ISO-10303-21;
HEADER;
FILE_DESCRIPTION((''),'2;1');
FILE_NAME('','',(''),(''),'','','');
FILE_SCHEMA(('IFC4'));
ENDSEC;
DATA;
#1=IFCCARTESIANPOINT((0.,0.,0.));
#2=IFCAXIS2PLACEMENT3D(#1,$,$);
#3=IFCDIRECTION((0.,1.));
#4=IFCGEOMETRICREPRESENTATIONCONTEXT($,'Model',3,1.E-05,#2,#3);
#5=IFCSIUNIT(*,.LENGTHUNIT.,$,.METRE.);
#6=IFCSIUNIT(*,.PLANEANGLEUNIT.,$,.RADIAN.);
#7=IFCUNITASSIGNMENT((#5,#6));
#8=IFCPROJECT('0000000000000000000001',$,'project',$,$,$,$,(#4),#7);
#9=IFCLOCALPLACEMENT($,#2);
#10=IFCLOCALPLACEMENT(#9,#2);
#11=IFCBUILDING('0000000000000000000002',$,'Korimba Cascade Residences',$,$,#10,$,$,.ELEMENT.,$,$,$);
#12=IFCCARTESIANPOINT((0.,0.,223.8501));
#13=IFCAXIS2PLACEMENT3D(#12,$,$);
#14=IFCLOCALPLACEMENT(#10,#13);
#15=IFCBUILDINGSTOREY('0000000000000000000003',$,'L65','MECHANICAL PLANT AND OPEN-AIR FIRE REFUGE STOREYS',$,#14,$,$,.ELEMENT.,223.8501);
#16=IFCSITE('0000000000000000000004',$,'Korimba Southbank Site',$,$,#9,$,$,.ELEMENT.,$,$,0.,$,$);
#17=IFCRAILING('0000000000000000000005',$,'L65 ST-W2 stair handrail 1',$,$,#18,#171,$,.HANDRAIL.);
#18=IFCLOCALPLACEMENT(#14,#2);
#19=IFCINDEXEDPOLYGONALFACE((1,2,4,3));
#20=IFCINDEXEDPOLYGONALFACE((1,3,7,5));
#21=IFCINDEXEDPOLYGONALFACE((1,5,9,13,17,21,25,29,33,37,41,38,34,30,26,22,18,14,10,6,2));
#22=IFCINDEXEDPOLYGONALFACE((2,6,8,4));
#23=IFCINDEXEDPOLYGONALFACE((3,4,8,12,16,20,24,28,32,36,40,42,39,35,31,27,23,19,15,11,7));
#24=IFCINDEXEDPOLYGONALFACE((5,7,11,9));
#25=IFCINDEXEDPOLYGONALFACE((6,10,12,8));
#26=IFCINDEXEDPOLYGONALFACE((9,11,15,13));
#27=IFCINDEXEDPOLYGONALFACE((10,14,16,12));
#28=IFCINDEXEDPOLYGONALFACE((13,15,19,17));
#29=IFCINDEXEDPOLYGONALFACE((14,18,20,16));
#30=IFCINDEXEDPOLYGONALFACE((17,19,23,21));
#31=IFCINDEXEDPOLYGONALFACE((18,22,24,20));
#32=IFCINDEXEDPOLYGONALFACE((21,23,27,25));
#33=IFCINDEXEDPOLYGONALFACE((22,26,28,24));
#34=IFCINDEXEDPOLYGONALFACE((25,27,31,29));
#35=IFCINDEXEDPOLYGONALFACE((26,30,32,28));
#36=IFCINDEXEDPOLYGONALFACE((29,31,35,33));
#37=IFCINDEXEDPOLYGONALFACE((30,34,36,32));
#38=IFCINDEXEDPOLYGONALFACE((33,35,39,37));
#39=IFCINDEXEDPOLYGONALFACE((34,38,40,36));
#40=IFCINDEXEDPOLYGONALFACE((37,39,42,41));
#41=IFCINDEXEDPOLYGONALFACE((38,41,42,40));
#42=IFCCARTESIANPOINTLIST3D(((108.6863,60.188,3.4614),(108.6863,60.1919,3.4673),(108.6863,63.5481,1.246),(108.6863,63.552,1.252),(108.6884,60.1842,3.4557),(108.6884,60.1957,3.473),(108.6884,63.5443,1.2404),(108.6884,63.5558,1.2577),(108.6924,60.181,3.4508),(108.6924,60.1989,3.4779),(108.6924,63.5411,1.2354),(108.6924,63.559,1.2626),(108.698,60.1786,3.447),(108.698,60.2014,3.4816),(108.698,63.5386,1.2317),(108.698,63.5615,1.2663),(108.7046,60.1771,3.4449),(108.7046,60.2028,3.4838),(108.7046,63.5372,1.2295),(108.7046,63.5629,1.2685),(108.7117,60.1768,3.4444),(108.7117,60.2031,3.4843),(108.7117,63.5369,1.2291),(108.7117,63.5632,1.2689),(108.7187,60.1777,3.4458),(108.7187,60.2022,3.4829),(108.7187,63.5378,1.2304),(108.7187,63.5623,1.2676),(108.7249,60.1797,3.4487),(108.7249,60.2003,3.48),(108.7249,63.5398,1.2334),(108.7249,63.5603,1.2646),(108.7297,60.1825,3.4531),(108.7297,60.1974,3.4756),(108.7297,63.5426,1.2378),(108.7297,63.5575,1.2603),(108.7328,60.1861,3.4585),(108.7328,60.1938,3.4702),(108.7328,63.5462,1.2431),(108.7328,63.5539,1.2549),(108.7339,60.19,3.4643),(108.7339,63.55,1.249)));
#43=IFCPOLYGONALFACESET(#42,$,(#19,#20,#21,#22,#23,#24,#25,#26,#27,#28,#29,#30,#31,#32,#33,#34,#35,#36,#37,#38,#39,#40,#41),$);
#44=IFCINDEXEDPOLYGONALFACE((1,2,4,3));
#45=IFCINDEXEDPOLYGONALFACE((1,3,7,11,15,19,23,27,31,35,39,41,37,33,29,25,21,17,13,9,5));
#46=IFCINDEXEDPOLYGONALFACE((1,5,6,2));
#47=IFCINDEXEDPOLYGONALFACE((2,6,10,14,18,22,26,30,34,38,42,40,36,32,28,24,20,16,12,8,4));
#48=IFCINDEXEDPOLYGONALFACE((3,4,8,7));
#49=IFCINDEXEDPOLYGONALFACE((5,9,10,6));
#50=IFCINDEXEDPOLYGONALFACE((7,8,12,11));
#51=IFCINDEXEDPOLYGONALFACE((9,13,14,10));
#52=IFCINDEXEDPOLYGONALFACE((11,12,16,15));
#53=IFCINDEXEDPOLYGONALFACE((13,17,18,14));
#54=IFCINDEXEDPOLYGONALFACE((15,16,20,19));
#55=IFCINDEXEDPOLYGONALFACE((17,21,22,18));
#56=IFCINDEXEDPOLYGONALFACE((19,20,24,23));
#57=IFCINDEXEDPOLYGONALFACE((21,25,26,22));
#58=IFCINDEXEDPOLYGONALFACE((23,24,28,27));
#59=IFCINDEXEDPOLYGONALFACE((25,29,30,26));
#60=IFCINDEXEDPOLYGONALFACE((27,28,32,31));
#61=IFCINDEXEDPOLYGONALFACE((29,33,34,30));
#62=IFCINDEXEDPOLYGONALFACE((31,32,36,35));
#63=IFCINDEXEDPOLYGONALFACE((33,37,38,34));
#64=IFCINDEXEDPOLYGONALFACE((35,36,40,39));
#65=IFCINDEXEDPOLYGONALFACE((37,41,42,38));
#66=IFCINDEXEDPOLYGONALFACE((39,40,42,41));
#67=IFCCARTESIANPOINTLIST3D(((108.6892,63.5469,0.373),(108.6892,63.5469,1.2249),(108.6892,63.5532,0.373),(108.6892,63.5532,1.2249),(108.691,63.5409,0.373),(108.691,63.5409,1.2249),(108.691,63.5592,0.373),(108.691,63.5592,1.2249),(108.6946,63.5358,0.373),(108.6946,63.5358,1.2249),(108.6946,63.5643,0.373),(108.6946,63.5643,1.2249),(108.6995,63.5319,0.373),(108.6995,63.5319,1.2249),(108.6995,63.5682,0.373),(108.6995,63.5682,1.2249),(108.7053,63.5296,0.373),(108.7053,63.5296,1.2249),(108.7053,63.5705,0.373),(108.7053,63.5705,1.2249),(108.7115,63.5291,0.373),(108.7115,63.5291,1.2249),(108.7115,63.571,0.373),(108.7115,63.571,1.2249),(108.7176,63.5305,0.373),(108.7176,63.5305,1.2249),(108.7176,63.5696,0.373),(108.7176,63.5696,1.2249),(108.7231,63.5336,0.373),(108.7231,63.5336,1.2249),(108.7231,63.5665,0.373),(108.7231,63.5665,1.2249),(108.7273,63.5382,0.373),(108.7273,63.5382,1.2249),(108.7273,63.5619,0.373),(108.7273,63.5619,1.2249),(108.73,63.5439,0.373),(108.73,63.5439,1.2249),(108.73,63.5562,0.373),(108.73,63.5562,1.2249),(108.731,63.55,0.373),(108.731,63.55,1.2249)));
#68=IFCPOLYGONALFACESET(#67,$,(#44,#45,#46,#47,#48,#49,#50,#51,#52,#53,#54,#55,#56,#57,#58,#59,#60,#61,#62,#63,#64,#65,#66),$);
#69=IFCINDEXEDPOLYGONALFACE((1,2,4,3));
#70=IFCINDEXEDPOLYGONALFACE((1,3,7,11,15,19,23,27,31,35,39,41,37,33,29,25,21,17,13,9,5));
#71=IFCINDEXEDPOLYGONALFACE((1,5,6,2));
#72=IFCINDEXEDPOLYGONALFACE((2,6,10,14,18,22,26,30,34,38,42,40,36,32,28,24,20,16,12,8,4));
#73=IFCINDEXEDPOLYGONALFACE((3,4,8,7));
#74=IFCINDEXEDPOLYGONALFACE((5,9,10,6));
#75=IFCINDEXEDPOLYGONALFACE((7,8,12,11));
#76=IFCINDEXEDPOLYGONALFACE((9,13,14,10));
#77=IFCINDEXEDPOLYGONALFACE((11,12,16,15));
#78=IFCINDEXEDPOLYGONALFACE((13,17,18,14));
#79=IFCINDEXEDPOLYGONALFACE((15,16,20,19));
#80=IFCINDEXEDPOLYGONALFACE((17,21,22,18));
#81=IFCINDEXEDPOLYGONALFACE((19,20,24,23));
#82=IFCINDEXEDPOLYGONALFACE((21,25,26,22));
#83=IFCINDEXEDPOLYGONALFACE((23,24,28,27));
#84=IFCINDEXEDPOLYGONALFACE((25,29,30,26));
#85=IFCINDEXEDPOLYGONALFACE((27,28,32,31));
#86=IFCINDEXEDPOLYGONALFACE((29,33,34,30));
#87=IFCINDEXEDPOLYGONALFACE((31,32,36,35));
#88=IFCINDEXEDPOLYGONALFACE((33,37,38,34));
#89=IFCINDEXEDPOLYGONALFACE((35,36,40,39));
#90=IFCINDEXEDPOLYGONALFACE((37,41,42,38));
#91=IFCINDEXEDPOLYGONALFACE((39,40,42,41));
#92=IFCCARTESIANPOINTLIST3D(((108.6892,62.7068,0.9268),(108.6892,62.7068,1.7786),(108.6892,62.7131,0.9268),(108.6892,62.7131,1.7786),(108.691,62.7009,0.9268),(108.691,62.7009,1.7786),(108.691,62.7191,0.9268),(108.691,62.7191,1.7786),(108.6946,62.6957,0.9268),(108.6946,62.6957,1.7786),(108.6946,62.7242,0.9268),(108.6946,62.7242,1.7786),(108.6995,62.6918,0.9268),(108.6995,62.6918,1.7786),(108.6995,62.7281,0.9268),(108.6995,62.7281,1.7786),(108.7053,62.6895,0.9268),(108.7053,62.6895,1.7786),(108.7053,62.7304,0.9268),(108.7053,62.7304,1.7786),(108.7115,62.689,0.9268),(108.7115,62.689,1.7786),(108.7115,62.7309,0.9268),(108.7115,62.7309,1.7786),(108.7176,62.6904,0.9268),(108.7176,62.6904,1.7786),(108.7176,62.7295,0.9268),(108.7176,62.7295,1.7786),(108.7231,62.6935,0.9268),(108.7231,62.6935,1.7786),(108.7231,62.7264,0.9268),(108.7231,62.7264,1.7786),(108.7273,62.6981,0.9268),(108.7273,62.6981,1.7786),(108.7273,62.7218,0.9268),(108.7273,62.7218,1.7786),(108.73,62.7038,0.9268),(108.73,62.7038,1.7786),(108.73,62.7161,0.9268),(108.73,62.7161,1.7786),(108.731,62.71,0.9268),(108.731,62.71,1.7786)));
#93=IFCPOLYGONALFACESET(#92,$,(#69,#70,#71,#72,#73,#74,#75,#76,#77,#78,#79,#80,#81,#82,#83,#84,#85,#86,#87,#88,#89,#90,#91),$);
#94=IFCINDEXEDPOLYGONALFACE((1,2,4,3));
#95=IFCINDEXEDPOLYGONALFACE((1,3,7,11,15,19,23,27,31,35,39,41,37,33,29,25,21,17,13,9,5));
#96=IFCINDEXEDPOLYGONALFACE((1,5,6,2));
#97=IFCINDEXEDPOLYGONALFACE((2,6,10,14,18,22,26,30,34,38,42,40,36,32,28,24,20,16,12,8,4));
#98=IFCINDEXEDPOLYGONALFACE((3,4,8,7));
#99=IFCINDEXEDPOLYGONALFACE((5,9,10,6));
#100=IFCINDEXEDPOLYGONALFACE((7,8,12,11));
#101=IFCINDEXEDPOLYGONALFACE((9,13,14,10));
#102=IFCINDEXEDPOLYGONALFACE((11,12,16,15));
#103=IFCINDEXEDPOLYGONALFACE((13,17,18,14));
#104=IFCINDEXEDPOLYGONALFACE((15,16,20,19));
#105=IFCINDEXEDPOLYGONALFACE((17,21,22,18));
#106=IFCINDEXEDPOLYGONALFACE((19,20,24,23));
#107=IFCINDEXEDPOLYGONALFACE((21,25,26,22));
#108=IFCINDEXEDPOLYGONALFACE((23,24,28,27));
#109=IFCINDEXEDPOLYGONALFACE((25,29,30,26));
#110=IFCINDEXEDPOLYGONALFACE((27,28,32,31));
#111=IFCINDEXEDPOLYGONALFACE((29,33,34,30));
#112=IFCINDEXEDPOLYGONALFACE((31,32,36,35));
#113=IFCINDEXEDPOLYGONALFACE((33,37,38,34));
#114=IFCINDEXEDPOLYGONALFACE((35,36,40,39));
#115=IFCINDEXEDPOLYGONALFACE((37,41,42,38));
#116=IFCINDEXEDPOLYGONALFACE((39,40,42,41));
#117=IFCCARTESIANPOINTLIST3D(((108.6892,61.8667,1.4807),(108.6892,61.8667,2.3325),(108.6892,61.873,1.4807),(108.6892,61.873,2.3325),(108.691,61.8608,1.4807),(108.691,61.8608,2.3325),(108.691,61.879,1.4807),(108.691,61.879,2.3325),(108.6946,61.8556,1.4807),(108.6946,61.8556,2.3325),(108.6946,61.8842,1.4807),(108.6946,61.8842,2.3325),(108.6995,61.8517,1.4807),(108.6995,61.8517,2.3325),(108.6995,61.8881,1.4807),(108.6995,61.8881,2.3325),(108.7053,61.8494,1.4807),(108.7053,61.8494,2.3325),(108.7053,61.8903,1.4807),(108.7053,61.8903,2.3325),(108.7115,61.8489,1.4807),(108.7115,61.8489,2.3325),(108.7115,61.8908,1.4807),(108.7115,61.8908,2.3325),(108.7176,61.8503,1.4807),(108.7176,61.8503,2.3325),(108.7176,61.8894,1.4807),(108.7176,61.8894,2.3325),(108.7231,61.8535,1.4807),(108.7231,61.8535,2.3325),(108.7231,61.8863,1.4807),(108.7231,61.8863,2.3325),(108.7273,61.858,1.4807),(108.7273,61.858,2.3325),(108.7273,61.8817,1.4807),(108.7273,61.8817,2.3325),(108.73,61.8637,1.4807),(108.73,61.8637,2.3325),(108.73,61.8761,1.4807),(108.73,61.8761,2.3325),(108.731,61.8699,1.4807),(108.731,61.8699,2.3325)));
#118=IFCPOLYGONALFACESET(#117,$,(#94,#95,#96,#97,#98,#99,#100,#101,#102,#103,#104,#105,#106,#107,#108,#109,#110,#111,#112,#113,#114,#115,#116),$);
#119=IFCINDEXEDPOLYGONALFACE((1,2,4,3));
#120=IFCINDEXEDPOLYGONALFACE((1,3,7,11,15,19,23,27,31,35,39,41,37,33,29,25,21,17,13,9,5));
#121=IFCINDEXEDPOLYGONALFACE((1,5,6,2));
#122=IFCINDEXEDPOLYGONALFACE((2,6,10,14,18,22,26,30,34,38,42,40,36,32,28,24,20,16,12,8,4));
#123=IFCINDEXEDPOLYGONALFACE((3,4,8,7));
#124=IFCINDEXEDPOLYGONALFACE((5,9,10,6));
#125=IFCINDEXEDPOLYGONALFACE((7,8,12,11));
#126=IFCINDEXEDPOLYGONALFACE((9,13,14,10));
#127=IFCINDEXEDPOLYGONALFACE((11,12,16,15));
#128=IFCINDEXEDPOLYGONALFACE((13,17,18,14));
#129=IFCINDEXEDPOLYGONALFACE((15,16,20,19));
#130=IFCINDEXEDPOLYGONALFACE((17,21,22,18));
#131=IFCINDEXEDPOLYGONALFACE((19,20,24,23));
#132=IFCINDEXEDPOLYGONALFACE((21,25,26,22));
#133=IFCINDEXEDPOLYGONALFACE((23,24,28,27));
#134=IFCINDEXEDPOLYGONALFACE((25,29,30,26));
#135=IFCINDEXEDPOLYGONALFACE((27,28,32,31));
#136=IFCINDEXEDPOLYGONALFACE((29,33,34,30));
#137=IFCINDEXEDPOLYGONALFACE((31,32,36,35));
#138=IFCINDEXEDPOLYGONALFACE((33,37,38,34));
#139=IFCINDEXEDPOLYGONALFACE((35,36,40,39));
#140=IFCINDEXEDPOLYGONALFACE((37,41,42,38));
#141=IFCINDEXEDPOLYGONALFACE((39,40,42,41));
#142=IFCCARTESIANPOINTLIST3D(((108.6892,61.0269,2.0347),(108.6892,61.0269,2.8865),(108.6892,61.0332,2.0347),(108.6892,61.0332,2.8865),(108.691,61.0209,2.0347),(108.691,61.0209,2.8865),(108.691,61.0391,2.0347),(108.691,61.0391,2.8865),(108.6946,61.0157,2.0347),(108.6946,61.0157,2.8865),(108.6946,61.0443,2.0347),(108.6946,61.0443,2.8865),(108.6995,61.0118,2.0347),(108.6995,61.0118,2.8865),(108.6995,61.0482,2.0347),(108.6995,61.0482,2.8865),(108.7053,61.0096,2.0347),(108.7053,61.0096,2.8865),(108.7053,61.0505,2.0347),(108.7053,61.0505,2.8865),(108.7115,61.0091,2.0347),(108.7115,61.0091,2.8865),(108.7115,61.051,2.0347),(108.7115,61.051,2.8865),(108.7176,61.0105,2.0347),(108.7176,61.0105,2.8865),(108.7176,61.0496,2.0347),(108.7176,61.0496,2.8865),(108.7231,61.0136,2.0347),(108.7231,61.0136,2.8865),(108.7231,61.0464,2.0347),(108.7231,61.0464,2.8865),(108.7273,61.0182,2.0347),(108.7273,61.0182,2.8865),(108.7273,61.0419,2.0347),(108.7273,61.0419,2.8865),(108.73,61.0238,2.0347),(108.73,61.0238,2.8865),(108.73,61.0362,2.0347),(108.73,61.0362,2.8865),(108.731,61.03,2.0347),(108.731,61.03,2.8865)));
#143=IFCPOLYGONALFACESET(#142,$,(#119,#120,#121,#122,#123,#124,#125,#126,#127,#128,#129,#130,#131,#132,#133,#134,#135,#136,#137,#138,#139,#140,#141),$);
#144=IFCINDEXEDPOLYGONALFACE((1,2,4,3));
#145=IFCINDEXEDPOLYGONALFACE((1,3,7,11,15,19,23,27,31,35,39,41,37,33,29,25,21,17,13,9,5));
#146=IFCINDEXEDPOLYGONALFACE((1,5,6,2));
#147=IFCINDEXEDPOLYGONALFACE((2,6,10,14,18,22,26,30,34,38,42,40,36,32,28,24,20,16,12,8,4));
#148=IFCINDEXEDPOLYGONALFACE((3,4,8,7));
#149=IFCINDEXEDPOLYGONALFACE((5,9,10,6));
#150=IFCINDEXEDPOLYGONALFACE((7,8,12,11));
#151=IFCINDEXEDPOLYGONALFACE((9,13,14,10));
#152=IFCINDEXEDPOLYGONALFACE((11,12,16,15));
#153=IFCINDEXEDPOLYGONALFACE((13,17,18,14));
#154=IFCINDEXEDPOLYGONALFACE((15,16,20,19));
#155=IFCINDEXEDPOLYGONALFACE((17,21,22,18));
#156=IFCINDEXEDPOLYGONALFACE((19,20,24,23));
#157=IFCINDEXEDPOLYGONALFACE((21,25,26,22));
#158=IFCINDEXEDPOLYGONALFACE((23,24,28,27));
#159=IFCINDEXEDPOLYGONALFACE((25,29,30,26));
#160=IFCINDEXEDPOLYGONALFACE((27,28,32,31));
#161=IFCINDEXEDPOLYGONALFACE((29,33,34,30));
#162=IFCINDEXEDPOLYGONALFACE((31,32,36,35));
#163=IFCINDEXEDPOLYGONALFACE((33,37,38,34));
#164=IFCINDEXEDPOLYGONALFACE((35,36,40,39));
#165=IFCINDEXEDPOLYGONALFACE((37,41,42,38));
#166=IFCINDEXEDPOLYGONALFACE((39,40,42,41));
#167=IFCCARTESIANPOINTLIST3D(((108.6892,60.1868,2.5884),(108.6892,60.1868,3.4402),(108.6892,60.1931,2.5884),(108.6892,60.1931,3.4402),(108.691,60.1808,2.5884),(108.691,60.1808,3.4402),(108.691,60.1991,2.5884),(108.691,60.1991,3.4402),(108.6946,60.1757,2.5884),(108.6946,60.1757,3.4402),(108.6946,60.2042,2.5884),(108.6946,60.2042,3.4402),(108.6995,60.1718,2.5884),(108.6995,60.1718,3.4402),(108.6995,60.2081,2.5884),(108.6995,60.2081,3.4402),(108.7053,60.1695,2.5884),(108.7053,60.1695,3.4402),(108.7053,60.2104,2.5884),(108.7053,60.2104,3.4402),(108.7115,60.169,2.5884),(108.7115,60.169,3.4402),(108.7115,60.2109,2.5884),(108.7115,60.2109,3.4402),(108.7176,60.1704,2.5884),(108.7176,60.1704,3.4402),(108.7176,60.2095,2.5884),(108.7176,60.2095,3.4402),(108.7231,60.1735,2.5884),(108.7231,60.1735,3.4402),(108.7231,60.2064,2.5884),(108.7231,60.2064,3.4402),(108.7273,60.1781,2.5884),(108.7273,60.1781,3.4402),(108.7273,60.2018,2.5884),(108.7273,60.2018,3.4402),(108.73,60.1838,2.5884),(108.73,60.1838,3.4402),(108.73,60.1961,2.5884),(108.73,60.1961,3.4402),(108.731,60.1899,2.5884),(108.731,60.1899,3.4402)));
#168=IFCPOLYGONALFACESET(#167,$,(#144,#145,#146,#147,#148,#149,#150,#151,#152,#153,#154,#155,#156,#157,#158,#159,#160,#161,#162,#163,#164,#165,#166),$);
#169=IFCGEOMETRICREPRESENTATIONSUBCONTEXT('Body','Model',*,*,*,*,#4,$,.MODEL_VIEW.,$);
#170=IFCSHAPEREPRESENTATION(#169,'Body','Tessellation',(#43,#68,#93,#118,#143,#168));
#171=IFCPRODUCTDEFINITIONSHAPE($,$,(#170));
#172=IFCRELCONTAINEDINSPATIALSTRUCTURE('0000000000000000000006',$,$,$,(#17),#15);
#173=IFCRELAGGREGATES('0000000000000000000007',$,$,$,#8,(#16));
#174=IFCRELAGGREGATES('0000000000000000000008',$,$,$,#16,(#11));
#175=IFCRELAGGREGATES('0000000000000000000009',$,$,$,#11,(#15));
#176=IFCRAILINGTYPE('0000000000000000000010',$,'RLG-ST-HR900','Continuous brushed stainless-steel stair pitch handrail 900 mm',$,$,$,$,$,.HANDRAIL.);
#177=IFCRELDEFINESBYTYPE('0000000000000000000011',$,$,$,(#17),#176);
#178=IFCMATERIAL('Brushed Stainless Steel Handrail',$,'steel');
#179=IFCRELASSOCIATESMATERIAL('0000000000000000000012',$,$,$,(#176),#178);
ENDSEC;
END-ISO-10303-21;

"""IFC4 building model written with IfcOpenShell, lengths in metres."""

from ifc_helpers import new_model, si_unit, direction, frame, origin, origin_2d, place, context, subcontext, project, spatial, circle, extrude, material, type_object, element, save


model = new_model("IFC4")

# Units and contexts
model_context = context("Model", 3, precision=1e-05, world=origin(), true_north=direction((0.0, 1.0)))
body_context = subcontext(model_context, "Body", "Model", "MODEL_VIEW")
ifc_project = project(units=[si_unit("LENGTHUNIT", "METRE"), si_unit("PLANEANGLEUNIT", "RADIAN")], contexts=[model_context])

# Site, building, storey
site_placement = place(None, origin())
site = spatial("IfcSite", under=ifc_project, at=site_placement, Name="Korimba Southbank Site", CompositionType="ELEMENT", RefElevation=0.0)
building_placement = place(site_placement, origin())
building = spatial("IfcBuilding", under=site, at=building_placement, Name="Korimba Cascade Residences", CompositionType="ELEMENT")
storey_placement = place(building_placement, frame((0.0, 0.0, 223.8501)))
storey = spatial("IfcBuildingStorey", under=building, at=storey_placement, Name="L65", Description="MECHANICAL PLANT AND OPEN-AIR FIRE REFUGE STOREYS", CompositionType="ELEMENT", Elevation=223.8501)

# Railing
ifc_material_1 = material(Name="Brushed Stainless Steel Handrail", Category="steel")
railing_type = type_object("IfcRailingType", Name="RLG-ST-HR900", Description="Continuous brushed stainless-steel stair pitch handrail 900 mm", PredefinedType="HANDRAIL", material=ifc_material_1)
railing_placement = place(storey_placement, frame((108.71, 63.55, 0.373)))
element("IfcRailing", 1, at=railing_placement, inside=storey, type_object=railing_type, Name="L65 ST-W2 stair handrail 1", PredefinedType="HANDRAIL", context=body_context, shape_type="SweptSolid", body=[
    extrude(circle(Radius=0.0239, at=origin_2d()), frame((0.0, 0.0, 0.876), z_axis=(0.0, -0.834876, 0.550437), x_axis=(1.0, 0.0, 0.0)), (0.0, 0.0, 1.0), 4.0247),
    extrude(circle(Radius=0.021, at=origin_2d()), origin(), (0.0, 0.0, 1.0), 0.8518),
    extrude(circle(Radius=0.021, at=origin_2d()), frame((0.0, -0.8401, 0.5537)), (0.0, 0.0, 1.0), 0.8518),
    extrude(circle(Radius=0.021, at=origin_2d()), frame((0.0, -1.6802, 1.1077)), (0.0, 0.0, 1.0), 0.8518),
    extrude(circle(Radius=0.021, at=origin_2d()), frame((0.0, -2.52, 1.6616)), (0.0, 0.0, 1.0), 0.8518),
    extrude(circle(Radius=0.021, at=origin_2d()), frame((0.0, -3.3601, 2.2153)), (0.0, 0.0, 1.0), 0.8518),
])

save(model, "model.ifc")
